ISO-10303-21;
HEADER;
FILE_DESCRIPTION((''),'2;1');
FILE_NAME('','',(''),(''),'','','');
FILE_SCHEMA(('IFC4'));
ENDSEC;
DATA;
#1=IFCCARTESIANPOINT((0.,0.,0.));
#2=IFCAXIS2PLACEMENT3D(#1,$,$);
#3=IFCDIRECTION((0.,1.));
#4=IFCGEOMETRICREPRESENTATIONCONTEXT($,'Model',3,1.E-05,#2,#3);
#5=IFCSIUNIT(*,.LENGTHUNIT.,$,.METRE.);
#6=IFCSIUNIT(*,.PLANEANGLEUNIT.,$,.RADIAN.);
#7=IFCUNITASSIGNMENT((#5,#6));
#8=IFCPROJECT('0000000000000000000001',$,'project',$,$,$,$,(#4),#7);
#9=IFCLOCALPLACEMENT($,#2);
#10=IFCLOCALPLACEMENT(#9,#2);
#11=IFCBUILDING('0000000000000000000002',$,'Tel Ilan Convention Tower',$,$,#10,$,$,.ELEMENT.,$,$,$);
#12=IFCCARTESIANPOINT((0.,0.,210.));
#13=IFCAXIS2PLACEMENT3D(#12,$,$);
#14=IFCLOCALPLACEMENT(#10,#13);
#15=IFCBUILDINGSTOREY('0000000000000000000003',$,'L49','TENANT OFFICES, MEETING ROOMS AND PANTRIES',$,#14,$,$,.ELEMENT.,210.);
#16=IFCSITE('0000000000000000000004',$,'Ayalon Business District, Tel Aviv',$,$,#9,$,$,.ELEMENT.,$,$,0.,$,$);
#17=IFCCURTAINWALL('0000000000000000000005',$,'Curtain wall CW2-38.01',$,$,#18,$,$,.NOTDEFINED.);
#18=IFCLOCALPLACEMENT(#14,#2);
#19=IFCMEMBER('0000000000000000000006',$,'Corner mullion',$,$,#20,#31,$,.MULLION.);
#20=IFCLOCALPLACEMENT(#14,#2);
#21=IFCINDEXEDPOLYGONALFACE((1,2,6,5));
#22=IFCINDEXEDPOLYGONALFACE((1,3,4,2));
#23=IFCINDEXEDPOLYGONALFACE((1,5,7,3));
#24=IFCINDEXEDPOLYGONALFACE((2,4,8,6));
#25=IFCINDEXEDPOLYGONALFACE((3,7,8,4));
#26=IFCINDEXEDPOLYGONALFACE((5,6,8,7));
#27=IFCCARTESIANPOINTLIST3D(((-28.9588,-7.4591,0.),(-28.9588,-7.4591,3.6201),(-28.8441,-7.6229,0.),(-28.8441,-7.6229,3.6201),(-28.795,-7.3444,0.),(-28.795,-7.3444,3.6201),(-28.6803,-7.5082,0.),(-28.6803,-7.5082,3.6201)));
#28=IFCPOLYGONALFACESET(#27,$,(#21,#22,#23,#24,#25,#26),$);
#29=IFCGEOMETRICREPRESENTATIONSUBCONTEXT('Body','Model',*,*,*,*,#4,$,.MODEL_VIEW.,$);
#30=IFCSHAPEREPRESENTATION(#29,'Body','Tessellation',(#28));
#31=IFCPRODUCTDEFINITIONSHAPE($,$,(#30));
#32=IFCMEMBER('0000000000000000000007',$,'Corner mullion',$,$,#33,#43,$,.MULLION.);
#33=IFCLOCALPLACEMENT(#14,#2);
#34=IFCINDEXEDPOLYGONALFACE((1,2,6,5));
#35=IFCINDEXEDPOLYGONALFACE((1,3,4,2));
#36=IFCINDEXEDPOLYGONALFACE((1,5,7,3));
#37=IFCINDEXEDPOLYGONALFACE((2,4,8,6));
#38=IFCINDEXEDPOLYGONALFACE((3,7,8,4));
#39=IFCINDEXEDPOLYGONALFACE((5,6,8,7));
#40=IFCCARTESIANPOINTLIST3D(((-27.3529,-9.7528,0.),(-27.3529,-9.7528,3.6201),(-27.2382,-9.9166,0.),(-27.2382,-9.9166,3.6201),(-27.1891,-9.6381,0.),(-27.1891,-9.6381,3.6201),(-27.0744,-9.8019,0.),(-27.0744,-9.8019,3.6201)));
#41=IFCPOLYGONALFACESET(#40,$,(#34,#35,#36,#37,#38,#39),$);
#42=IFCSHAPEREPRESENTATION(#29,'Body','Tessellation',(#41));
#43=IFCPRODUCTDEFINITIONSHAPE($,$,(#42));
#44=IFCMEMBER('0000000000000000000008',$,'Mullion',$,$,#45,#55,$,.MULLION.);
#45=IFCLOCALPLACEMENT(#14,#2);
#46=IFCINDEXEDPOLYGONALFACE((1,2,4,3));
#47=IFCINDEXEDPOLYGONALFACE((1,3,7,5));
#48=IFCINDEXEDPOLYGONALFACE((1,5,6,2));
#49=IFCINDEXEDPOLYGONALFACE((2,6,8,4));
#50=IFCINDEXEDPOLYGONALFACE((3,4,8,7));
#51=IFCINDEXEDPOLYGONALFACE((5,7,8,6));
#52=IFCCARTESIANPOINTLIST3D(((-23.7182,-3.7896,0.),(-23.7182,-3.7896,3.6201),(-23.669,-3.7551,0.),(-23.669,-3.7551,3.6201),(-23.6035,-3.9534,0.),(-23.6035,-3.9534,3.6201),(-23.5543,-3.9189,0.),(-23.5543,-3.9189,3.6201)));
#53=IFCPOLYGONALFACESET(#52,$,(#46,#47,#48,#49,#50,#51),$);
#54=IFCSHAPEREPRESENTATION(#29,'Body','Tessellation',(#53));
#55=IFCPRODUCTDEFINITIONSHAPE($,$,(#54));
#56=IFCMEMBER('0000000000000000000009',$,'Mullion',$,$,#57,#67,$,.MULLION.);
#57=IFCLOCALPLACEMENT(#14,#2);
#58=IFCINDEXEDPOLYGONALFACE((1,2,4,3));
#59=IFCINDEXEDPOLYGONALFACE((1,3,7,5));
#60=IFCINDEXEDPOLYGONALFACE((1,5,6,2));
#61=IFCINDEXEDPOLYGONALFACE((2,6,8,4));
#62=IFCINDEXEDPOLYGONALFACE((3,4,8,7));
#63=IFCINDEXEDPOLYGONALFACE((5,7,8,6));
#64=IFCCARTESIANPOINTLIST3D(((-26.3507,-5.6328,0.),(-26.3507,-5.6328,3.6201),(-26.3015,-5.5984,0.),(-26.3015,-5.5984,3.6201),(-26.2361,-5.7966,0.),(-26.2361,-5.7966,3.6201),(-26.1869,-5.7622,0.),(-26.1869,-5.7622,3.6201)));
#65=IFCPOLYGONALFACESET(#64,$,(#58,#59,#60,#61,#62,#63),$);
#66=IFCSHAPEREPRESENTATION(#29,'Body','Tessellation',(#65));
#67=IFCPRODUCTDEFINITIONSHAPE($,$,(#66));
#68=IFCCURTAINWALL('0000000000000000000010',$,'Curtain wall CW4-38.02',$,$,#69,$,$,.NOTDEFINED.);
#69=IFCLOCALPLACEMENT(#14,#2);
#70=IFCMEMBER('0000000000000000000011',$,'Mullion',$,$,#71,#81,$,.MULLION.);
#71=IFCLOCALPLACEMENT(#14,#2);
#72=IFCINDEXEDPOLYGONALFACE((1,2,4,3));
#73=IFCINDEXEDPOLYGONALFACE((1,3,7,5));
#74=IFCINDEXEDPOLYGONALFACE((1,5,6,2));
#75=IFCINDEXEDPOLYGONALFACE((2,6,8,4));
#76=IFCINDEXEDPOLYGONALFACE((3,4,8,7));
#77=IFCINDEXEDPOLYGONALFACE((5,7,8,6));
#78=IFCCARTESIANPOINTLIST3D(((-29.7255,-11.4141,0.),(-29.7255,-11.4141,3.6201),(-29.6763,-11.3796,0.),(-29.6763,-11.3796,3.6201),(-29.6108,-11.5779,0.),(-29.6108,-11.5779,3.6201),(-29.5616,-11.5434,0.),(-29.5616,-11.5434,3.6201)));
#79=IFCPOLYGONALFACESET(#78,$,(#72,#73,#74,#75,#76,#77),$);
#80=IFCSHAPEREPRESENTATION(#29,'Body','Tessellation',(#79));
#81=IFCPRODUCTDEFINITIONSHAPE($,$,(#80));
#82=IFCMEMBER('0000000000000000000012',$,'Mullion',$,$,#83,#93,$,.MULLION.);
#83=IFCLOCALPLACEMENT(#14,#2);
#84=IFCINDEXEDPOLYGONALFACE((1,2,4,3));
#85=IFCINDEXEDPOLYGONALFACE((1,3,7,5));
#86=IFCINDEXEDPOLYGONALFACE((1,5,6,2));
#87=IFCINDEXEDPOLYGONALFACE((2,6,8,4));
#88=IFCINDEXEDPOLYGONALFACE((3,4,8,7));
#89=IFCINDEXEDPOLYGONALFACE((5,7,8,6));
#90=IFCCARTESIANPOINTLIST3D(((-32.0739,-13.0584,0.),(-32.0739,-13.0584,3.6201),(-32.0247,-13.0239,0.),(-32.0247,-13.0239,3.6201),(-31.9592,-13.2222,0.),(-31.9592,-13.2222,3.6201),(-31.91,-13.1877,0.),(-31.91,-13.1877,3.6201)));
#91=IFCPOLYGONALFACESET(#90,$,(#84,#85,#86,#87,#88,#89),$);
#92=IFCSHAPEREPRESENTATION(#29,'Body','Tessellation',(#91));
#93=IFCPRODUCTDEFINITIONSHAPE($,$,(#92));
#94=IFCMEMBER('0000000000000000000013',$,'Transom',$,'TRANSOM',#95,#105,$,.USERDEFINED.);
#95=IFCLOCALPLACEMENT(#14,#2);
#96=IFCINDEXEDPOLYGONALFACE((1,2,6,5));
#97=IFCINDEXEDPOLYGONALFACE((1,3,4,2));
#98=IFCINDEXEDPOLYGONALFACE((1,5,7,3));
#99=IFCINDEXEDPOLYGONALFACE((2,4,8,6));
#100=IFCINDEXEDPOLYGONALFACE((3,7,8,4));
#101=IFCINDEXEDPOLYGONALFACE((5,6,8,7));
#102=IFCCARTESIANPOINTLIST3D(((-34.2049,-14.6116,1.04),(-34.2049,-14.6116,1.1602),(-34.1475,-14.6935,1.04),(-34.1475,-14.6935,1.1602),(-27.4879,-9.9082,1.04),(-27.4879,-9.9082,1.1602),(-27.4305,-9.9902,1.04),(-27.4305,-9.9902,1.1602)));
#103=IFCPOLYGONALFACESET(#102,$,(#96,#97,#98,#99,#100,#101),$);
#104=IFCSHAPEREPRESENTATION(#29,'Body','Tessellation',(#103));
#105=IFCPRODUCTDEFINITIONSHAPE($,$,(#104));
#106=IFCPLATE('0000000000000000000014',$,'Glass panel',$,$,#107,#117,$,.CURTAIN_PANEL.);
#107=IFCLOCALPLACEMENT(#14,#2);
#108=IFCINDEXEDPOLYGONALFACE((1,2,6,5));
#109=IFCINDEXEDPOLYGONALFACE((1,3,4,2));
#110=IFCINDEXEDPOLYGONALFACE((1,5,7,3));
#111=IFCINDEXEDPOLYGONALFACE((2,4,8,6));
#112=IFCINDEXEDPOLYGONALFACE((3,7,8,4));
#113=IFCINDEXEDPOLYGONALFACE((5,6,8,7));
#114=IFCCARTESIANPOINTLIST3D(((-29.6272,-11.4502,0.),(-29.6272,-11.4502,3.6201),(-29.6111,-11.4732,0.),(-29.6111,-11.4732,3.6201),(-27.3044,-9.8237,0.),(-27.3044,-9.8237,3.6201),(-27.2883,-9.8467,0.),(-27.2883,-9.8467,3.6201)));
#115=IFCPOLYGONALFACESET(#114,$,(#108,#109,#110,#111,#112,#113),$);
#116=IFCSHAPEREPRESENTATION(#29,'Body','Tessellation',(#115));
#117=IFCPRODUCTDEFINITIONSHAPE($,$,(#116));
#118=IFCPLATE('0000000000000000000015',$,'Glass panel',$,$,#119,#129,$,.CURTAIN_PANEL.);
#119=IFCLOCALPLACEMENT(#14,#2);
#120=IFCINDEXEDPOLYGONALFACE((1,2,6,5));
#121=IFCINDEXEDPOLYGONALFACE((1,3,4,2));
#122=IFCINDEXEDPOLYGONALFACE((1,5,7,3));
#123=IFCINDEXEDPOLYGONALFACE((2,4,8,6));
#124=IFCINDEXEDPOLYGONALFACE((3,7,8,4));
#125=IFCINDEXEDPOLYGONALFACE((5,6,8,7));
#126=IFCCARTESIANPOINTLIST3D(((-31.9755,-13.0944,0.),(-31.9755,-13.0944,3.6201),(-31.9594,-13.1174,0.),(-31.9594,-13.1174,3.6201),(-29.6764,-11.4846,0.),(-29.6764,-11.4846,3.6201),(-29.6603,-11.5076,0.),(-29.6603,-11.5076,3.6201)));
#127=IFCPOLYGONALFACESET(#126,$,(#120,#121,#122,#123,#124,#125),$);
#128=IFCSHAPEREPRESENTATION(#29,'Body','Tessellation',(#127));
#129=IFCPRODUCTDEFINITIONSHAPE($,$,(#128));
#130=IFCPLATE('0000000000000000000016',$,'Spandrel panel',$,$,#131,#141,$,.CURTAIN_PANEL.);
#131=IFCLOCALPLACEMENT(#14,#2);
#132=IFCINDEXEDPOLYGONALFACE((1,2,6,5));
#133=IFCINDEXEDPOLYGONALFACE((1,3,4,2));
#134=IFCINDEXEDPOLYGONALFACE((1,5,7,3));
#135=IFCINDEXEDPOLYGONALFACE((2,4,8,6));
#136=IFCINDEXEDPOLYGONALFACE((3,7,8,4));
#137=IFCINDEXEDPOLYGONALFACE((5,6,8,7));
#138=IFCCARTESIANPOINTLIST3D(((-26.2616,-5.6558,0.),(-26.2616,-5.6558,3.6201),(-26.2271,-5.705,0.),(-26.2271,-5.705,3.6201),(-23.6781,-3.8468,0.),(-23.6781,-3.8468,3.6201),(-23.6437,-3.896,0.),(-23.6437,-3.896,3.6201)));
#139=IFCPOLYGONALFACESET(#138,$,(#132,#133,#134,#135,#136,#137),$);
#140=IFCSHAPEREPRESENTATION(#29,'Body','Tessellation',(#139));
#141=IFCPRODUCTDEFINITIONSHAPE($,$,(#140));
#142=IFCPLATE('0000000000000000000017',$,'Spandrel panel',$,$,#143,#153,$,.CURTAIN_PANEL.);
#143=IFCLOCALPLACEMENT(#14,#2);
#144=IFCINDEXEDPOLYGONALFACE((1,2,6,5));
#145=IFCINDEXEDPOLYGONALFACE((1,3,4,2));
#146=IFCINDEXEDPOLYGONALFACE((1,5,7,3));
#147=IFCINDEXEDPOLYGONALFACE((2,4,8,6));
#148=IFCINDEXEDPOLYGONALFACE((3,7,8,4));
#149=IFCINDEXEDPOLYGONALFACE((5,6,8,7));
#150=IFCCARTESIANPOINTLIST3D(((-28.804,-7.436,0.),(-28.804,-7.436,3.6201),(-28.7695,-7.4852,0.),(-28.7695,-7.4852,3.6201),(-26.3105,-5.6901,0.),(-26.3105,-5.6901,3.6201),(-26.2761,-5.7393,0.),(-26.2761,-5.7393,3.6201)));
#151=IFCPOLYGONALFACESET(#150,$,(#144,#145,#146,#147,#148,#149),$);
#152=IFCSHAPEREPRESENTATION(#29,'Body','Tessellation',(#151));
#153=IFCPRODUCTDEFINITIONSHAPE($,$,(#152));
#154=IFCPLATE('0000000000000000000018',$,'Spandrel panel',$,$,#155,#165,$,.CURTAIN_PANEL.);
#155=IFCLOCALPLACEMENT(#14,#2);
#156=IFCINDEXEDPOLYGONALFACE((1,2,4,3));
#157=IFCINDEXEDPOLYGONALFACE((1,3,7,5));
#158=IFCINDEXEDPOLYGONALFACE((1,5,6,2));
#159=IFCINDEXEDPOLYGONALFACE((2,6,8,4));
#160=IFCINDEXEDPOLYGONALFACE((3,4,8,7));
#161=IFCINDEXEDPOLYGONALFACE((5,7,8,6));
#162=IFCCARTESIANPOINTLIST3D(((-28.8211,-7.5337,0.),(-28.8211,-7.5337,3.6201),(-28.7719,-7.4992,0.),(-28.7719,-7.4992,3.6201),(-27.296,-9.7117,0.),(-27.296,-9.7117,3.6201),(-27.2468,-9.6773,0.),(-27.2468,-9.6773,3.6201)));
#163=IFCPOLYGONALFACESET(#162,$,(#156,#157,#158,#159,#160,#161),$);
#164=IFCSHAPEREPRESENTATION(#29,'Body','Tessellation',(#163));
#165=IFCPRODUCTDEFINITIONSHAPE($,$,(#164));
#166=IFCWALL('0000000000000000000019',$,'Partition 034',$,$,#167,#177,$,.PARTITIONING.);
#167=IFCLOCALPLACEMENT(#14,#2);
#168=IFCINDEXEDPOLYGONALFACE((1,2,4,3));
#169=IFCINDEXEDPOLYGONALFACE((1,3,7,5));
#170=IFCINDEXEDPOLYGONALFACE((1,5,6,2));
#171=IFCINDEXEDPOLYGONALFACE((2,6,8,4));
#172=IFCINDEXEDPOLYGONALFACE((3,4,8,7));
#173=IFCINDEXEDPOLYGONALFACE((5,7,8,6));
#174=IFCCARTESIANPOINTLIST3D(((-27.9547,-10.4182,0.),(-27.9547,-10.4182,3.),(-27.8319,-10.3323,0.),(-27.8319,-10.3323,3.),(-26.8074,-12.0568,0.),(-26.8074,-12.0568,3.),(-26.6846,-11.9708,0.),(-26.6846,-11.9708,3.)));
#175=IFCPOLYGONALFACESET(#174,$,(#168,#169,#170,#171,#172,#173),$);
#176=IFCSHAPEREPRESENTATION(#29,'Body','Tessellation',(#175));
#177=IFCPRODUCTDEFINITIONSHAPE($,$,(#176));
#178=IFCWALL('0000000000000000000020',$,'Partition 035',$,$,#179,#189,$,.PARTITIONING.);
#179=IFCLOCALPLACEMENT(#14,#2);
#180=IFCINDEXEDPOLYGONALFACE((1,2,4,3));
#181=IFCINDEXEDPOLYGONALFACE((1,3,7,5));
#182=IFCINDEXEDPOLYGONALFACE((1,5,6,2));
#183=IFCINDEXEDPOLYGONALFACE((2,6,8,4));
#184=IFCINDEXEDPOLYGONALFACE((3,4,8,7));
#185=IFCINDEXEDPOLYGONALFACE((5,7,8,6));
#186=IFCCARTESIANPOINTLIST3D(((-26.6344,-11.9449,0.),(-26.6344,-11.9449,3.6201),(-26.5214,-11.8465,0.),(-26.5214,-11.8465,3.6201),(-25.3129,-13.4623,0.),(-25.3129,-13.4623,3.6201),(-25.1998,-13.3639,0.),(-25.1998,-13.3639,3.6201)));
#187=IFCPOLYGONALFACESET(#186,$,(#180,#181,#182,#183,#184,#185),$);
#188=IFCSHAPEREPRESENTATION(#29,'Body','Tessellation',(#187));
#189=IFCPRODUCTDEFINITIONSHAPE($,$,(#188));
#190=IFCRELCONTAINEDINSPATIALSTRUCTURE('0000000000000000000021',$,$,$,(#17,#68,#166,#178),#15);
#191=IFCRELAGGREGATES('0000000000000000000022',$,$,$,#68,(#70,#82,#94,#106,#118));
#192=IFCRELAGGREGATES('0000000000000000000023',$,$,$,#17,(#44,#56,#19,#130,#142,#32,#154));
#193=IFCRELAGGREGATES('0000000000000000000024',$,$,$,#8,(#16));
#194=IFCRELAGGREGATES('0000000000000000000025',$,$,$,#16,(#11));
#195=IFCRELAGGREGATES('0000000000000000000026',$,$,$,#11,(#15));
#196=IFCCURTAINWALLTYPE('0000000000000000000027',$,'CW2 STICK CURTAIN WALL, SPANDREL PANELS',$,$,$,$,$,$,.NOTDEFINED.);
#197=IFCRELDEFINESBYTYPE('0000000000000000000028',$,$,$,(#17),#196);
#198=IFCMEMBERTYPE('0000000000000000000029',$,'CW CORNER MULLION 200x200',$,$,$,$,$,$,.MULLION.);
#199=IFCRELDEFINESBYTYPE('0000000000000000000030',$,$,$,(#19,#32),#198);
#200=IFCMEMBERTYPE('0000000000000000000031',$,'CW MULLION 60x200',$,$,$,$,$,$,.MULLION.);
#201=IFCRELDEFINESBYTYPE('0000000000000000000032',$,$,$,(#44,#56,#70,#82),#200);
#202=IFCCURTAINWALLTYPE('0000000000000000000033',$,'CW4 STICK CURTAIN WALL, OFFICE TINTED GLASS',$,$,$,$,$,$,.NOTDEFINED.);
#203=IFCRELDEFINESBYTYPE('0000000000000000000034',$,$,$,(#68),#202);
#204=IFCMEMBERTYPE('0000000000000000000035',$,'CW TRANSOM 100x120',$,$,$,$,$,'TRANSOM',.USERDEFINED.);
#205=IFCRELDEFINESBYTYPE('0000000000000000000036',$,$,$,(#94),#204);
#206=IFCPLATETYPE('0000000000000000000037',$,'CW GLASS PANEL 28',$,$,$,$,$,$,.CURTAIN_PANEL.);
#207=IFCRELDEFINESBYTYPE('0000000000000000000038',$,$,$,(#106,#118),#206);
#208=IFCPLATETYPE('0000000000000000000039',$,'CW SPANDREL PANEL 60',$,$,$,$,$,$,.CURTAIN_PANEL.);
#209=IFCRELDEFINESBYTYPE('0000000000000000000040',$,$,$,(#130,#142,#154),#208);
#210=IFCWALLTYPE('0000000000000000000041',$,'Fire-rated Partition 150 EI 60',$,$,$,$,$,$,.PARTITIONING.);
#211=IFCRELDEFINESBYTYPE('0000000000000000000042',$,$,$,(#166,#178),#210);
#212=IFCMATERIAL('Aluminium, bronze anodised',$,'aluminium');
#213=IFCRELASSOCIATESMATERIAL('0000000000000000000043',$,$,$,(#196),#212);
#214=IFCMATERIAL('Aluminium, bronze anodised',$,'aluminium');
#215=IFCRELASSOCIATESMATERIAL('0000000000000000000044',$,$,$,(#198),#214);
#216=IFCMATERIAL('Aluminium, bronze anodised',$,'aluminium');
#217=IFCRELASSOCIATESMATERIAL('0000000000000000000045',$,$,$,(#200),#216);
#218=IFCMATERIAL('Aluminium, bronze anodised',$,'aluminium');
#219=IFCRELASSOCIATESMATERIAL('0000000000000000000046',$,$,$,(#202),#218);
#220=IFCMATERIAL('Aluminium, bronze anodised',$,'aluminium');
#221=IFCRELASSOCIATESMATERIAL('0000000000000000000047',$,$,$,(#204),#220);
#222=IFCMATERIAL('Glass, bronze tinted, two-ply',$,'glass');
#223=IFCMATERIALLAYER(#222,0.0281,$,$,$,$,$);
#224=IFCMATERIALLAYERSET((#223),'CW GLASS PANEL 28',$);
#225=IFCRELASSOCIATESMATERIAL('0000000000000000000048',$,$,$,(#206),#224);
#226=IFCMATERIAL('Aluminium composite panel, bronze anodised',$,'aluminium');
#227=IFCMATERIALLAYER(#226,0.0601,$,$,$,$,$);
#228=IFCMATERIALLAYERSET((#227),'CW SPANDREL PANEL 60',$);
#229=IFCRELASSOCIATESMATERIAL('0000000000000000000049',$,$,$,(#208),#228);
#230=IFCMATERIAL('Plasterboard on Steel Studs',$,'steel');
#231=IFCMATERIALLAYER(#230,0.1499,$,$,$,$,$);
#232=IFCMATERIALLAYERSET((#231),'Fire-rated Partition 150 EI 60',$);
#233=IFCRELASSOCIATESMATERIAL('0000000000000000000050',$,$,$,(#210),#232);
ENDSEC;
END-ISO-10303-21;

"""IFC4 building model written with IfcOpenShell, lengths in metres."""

from ifc_helpers import new_model, si_unit, direction, frame, frame_2d, origin, origin_2d, place, context, subcontext, project, spatial, rectangle, extrude, material, layer, layer_set, material_profile, profile_set, type_object, element, aggregate, save


model = new_model("IFC4")

# Units and contexts
model_context = context("Model", 3, precision=1e-05, world=origin(), true_north=direction((0.0, 1.0)))
body_context = subcontext(model_context, "Body", "Model", "MODEL_VIEW")
ifc_project = project(units=[si_unit("LENGTHUNIT", "METRE"), si_unit("PLANEANGLEUNIT", "RADIAN")], contexts=[model_context])

# Site, building, storey
site_placement = place(None, origin())
site = spatial("IfcSite", under=ifc_project, at=site_placement, Name="Ayalon Business District, Tel Aviv", CompositionType="ELEMENT", RefElevation=0.0)
building_placement = place(site_placement, origin())
building = spatial("IfcBuilding", under=site, at=building_placement, Name="Tel Ilan Convention Tower", CompositionType="ELEMENT")
storey_placement = place(building_placement, frame((0.0, 0.0, 210.0)))
storey = spatial("IfcBuildingStorey", under=building, at=storey_placement, Name="L49", Description="TENANT OFFICES, MEETING ROOMS AND PANTRIES", CompositionType="ELEMENT", Elevation=210.0)

# Curtain wall, members
ifc_material_1 = material(Name="Aluminium, bronze anodised", Category="aluminium")
curtain_wall_type_1 = type_object("IfcCurtainWallType", Name="CW2 STICK CURTAIN WALL, SPANDREL PANELS", PredefinedType="NOTDEFINED", material=ifc_material_1)
curtain_wall_1_placement = place(storey_placement, origin())
curtain_wall_1 = element("IfcCurtainWall", 1, at=curtain_wall_1_placement, inside=storey, type_object=curtain_wall_type_1, Name="Curtain wall CW2-38.01", PredefinedType="NOTDEFINED")
ifc_material_2 = material(Name="Aluminium, bronze anodised", Category="aluminium")
ifc_material_profile_1 = material_profile(ifc_material_2, rectangle(XDim=0.2, YDim=0.2, at=origin_2d()), Name="CW CORNER MULLION 200x200")
ifc_profile_set_1 = profile_set([ifc_material_profile_1], Name="Aluminium, bronze anodised")
member_type_1 = type_object("IfcMemberType", Name="CW CORNER MULLION 200x200", PredefinedType="MULLION", material=ifc_profile_set_1)
member_1_placement = place(storey_placement, frame((-28.8196, -7.4836, 0.0), z_axis=(0.0, 0.0, 1.0), x_axis=(-0.819152, -0.573576, 0.0)))
member_1 = element("IfcMember", 2, at=member_1_placement, type_object=member_type_1, Name="Corner mullion", PredefinedType="MULLION", context=body_context, shape_type="SweptSolid", body=[
    extrude(rectangle(XDim=0.2, YDim=0.2, at=origin_2d()), origin(), (0.0, 0.0, 1.0), 3.6201),
])
member_2_placement = place(storey_placement, frame((-27.2136, -9.7773, 0.0), z_axis=(0.0, 0.0, 1.0), x_axis=(0.573576, -0.819152, 0.0)))
member_2 = element("IfcMember", 3, at=member_2_placement, type_object=member_type_1, Name="Corner mullion", PredefinedType="MULLION", context=body_context, shape_type="SweptSolid", body=[
    extrude(rectangle(XDim=0.2, YDim=0.2, at=origin_2d()), origin(), (0.0, 0.0, 1.0), 3.6201),
])
ifc_material_3 = material(Name="Aluminium, bronze anodised", Category="aluminium")
ifc_material_profile_2 = material_profile(ifc_material_3, rectangle(XDim=0.0601, YDim=0.2, at=origin_2d()), Name="CW MULLION 60x200")
ifc_profile_set_2 = profile_set([ifc_material_profile_2], Name="Aluminium, bronze anodised")
member_type_2 = type_object("IfcMemberType", Name="CW MULLION 60x200", PredefinedType="MULLION", material=ifc_profile_set_2)
member_3_placement = place(storey_placement, frame((-23.6362, -3.8542, 0.0), z_axis=(0.0, 0.0, 1.0), x_axis=(-0.819152, -0.573576, 0.0)))
member_3 = element("IfcMember", 4, at=member_3_placement, type_object=member_type_2, Name="Mullion", PredefinedType="MULLION", context=body_context, shape_type="SweptSolid", body=[
    extrude(rectangle(XDim=0.0601, YDim=0.2, at=origin_2d()), origin(), (0.0, 0.0, 1.0), 3.6201),
])
member_4_placement = place(storey_placement, frame((-26.2688, -5.6975, 0.0), z_axis=(0.0, 0.0, 1.0), x_axis=(-0.819152, -0.573576, 0.0)))
member_4 = element("IfcMember", 5, at=member_4_placement, type_object=member_type_2, Name="Mullion", PredefinedType="MULLION", context=body_context, shape_type="SweptSolid", body=[
    extrude(rectangle(XDim=0.0601, YDim=0.2, at=origin_2d()), origin(), (0.0, 0.0, 1.0), 3.6201),
])

# Curtain wall, members, plates
ifc_material_4 = material(Name="Aluminium, bronze anodised", Category="aluminium")
curtain_wall_type_2 = type_object("IfcCurtainWallType", Name="CW4 STICK CURTAIN WALL, OFFICE TINTED GLASS", PredefinedType="NOTDEFINED", material=ifc_material_4)
curtain_wall_2_placement = place(storey_placement, origin())
curtain_wall_2 = element("IfcCurtainWall", 6, at=curtain_wall_2_placement, inside=storey, type_object=curtain_wall_type_2, Name="Curtain wall CW4-38.02", PredefinedType="NOTDEFINED")
member_5_placement = place(storey_placement, frame((-29.6436, -11.4788, 0.0), z_axis=(0.0, 0.0, 1.0), x_axis=(-0.819152, -0.573576, 0.0)))
member_5 = element("IfcMember", 7, at=member_5_placement, type_object=member_type_2, Name="Mullion", PredefinedType="MULLION", context=body_context, shape_type="SweptSolid", body=[
    extrude(rectangle(XDim=0.0601, YDim=0.2, at=origin_2d()), origin(), (0.0, 0.0, 1.0), 3.6201),
])
member_6_placement = place(storey_placement, frame((-31.9919, -13.123, 0.0), z_axis=(0.0, 0.0, 1.0), x_axis=(-0.819152, -0.573576, 0.0)))
member_6 = element("IfcMember", 8, at=member_6_placement, type_object=member_type_2, Name="Mullion", PredefinedType="MULLION", context=body_context, shape_type="SweptSolid", body=[
    extrude(rectangle(XDim=0.0601, YDim=0.2, at=origin_2d()), origin(), (0.0, 0.0, 1.0), 3.6201),
])
ifc_material_5 = material(Name="Aluminium, bronze anodised", Category="aluminium")
ifc_material_profile_3 = material_profile(ifc_material_5, rectangle(XDim=0.1001, YDim=0.1201, at=origin_2d()), Name="CW TRANSOM 100x120")
ifc_profile_set_3 = profile_set([ifc_material_profile_3], Name="Aluminium, bronze anodised")
member_type_3 = type_object("IfcMemberType", Name="CW TRANSOM 100x120", ElementType="TRANSOM", PredefinedType="USERDEFINED", material=ifc_profile_set_3)
member_7_placement = place(storey_placement, frame((-27.4592, -9.9492, 1.1001), z_axis=(-0.819149, -0.57358, 0.0), x_axis=(0.57358, -0.819149, 0.0)))
member_7 = element("IfcMember", 9, at=member_7_placement, type_object=member_type_3, Name="Transom", ObjectType="TRANSOM", PredefinedType="USERDEFINED", context=body_context, shape_type="SweptSolid", body=[
    extrude(rectangle(XDim=0.1001, YDim=0.1201, at=origin_2d()), origin(), (0.0, 0.0, 1.0), 8.2),
])
ifc_material_6 = material(Name="Glass, bronze tinted, two-ply", Category="glass")
ifc_layer_1 = layer(ifc_material_6, 0.0281)
ifc_layer_set_1 = layer_set([ifc_layer_1], Name="CW GLASS PANEL 28")
plate_type_1 = type_object("IfcPlateType", Name="CW GLASS PANEL 28", PredefinedType="CURTAIN_PANEL", material=ifc_layer_set_1)
plate_1_placement = place(storey_placement, frame((-28.4578, -10.6484, 0.0), z_axis=(0.0, 0.0, 1.0), x_axis=(-0.819152, -0.573576, 0.0)))
plate_1 = element("IfcPlate", 10, at=plate_1_placement, type_object=plate_type_1, Name="Glass panel", PredefinedType="CURTAIN_PANEL", context=body_context, shape_type="SweptSolid", body=[
    extrude(rectangle(XDim=2.8357, YDim=0.0281, at=origin_2d()), origin(), (0.0, 0.0, 1.0), 3.6201),
])
plate_2_placement = place(storey_placement, frame((-30.8179, -12.301, 0.0), z_axis=(0.0, 0.0, 1.0), x_axis=(-0.819152, -0.573576, 0.0)))
plate_2 = element("IfcPlate", 11, at=plate_2_placement, type_object=plate_type_1, Name="Glass panel", PredefinedType="CURTAIN_PANEL", context=body_context, shape_type="SweptSolid", body=[
    extrude(rectangle(XDim=2.8066, YDim=0.0281, at=origin_2d()), origin(), (0.0, 0.0, 1.0), 3.6201),
])
aggregate(curtain_wall_2, [member_5, member_6, member_7, plate_1, plate_2])

# Plates
ifc_material_7 = material(Name="Aluminium composite panel, bronze anodised", Category="aluminium")
ifc_layer_2 = layer(ifc_material_7, 0.0601)
ifc_layer_set_2 = layer_set([ifc_layer_2], Name="CW SPANDREL PANEL 60")
plate_type_2 = type_object("IfcPlateType", Name="CW SPANDREL PANEL 60", PredefinedType="CURTAIN_PANEL", material=ifc_layer_set_2)
plate_3_placement = place(storey_placement, frame((-24.9526, -4.7759, 0.0), z_axis=(0.0, 0.0, 1.0), x_axis=(-0.819152, -0.573576, 0.0)))
plate_3 = element("IfcPlate", 12, at=plate_3_placement, type_object=plate_type_2, Name="Spandrel panel", PredefinedType="CURTAIN_PANEL", context=body_context, shape_type="SweptSolid", body=[
    extrude(rectangle(XDim=3.1538, YDim=0.0601, at=origin_2d()), origin(), (0.0, 0.0, 1.0), 3.6201),
])
plate_4_placement = place(storey_placement, frame((-27.54, -6.5876, 0.0), z_axis=(0.0, 0.0, 1.0), x_axis=(-0.819152, -0.573576, 0.0)))
plate_4 = element("IfcPlate", 13, at=plate_4_placement, type_object=plate_type_2, Name="Spandrel panel", PredefinedType="CURTAIN_PANEL", context=body_context, shape_type="SweptSolid", body=[
    extrude(rectangle(XDim=3.0439, YDim=0.0601, at=origin_2d()), origin(), (0.0, 0.0, 1.0), 3.6201),
])
plate_5_placement = place(storey_placement, frame((-28.0339, -8.6055, 0.0), z_axis=(0.0, 0.0, 1.0), x_axis=(0.573576, -0.819152, 0.0)))
plate_5 = element("IfcPlate", 14, at=plate_5_placement, type_object=plate_type_2, Name="Spandrel panel", PredefinedType="CURTAIN_PANEL", context=body_context, shape_type="SweptSolid", body=[
    extrude(rectangle(XDim=2.6589, YDim=0.0601, at=origin_2d()), origin(), (0.0, 0.0, 1.0), 3.6201),
])
aggregate(curtain_wall_1, [member_3, member_4, member_1, plate_3, plate_4, member_2, plate_5])

# Walls
ifc_material_8 = material(Name="Plasterboard on Steel Studs", Category="steel")
ifc_layer_3 = layer(ifc_material_8, 0.1499)
ifc_layer_set_3 = layer_set([ifc_layer_3], Name="Fire-rated Partition 150 EI 60")
wall_type_1 = type_object("IfcWallType", Name="Fire-rated Partition 150 EI 60", PredefinedType="PARTITIONING", material=ifc_layer_set_3)
wall_1_placement = place(storey_placement, frame((-26.7461, -12.0137, 0.0), z_axis=(0.0, 0.0, 1.0), x_axis=(-0.573569, 0.819157, 0.0)))
element("IfcWall", 15, at=wall_1_placement, inside=storey, type_object=wall_type_1, Name="Partition 034", PredefinedType="PARTITIONING", context=body_context, shape_type="SweptSolid", body=[
    extrude(rectangle(XDim=2.0002, YDim=0.1499, at=frame_2d((1.0, 0.0))), origin(), (0.0, 0.0, 1.0), 3.0),
])
wall_2_placement = place(storey_placement, frame((-25.2563, -13.4131, 0.0), z_axis=(0.0, 0.0, 1.0), x_axis=(-0.656776, 0.754085, 0.0)))
element("IfcWall", 16, at=wall_2_placement, inside=storey, type_object=wall_type_1, Name="Partition 035", PredefinedType="PARTITIONING", context=body_context, shape_type="SweptSolid", body=[
    extrude(rectangle(XDim=2.0122, YDim=0.1499, at=frame_2d((1.0061, 0.0))), origin(), (0.0, 0.0, 1.0), 3.6201),
])

save(model, "model.ifc")
